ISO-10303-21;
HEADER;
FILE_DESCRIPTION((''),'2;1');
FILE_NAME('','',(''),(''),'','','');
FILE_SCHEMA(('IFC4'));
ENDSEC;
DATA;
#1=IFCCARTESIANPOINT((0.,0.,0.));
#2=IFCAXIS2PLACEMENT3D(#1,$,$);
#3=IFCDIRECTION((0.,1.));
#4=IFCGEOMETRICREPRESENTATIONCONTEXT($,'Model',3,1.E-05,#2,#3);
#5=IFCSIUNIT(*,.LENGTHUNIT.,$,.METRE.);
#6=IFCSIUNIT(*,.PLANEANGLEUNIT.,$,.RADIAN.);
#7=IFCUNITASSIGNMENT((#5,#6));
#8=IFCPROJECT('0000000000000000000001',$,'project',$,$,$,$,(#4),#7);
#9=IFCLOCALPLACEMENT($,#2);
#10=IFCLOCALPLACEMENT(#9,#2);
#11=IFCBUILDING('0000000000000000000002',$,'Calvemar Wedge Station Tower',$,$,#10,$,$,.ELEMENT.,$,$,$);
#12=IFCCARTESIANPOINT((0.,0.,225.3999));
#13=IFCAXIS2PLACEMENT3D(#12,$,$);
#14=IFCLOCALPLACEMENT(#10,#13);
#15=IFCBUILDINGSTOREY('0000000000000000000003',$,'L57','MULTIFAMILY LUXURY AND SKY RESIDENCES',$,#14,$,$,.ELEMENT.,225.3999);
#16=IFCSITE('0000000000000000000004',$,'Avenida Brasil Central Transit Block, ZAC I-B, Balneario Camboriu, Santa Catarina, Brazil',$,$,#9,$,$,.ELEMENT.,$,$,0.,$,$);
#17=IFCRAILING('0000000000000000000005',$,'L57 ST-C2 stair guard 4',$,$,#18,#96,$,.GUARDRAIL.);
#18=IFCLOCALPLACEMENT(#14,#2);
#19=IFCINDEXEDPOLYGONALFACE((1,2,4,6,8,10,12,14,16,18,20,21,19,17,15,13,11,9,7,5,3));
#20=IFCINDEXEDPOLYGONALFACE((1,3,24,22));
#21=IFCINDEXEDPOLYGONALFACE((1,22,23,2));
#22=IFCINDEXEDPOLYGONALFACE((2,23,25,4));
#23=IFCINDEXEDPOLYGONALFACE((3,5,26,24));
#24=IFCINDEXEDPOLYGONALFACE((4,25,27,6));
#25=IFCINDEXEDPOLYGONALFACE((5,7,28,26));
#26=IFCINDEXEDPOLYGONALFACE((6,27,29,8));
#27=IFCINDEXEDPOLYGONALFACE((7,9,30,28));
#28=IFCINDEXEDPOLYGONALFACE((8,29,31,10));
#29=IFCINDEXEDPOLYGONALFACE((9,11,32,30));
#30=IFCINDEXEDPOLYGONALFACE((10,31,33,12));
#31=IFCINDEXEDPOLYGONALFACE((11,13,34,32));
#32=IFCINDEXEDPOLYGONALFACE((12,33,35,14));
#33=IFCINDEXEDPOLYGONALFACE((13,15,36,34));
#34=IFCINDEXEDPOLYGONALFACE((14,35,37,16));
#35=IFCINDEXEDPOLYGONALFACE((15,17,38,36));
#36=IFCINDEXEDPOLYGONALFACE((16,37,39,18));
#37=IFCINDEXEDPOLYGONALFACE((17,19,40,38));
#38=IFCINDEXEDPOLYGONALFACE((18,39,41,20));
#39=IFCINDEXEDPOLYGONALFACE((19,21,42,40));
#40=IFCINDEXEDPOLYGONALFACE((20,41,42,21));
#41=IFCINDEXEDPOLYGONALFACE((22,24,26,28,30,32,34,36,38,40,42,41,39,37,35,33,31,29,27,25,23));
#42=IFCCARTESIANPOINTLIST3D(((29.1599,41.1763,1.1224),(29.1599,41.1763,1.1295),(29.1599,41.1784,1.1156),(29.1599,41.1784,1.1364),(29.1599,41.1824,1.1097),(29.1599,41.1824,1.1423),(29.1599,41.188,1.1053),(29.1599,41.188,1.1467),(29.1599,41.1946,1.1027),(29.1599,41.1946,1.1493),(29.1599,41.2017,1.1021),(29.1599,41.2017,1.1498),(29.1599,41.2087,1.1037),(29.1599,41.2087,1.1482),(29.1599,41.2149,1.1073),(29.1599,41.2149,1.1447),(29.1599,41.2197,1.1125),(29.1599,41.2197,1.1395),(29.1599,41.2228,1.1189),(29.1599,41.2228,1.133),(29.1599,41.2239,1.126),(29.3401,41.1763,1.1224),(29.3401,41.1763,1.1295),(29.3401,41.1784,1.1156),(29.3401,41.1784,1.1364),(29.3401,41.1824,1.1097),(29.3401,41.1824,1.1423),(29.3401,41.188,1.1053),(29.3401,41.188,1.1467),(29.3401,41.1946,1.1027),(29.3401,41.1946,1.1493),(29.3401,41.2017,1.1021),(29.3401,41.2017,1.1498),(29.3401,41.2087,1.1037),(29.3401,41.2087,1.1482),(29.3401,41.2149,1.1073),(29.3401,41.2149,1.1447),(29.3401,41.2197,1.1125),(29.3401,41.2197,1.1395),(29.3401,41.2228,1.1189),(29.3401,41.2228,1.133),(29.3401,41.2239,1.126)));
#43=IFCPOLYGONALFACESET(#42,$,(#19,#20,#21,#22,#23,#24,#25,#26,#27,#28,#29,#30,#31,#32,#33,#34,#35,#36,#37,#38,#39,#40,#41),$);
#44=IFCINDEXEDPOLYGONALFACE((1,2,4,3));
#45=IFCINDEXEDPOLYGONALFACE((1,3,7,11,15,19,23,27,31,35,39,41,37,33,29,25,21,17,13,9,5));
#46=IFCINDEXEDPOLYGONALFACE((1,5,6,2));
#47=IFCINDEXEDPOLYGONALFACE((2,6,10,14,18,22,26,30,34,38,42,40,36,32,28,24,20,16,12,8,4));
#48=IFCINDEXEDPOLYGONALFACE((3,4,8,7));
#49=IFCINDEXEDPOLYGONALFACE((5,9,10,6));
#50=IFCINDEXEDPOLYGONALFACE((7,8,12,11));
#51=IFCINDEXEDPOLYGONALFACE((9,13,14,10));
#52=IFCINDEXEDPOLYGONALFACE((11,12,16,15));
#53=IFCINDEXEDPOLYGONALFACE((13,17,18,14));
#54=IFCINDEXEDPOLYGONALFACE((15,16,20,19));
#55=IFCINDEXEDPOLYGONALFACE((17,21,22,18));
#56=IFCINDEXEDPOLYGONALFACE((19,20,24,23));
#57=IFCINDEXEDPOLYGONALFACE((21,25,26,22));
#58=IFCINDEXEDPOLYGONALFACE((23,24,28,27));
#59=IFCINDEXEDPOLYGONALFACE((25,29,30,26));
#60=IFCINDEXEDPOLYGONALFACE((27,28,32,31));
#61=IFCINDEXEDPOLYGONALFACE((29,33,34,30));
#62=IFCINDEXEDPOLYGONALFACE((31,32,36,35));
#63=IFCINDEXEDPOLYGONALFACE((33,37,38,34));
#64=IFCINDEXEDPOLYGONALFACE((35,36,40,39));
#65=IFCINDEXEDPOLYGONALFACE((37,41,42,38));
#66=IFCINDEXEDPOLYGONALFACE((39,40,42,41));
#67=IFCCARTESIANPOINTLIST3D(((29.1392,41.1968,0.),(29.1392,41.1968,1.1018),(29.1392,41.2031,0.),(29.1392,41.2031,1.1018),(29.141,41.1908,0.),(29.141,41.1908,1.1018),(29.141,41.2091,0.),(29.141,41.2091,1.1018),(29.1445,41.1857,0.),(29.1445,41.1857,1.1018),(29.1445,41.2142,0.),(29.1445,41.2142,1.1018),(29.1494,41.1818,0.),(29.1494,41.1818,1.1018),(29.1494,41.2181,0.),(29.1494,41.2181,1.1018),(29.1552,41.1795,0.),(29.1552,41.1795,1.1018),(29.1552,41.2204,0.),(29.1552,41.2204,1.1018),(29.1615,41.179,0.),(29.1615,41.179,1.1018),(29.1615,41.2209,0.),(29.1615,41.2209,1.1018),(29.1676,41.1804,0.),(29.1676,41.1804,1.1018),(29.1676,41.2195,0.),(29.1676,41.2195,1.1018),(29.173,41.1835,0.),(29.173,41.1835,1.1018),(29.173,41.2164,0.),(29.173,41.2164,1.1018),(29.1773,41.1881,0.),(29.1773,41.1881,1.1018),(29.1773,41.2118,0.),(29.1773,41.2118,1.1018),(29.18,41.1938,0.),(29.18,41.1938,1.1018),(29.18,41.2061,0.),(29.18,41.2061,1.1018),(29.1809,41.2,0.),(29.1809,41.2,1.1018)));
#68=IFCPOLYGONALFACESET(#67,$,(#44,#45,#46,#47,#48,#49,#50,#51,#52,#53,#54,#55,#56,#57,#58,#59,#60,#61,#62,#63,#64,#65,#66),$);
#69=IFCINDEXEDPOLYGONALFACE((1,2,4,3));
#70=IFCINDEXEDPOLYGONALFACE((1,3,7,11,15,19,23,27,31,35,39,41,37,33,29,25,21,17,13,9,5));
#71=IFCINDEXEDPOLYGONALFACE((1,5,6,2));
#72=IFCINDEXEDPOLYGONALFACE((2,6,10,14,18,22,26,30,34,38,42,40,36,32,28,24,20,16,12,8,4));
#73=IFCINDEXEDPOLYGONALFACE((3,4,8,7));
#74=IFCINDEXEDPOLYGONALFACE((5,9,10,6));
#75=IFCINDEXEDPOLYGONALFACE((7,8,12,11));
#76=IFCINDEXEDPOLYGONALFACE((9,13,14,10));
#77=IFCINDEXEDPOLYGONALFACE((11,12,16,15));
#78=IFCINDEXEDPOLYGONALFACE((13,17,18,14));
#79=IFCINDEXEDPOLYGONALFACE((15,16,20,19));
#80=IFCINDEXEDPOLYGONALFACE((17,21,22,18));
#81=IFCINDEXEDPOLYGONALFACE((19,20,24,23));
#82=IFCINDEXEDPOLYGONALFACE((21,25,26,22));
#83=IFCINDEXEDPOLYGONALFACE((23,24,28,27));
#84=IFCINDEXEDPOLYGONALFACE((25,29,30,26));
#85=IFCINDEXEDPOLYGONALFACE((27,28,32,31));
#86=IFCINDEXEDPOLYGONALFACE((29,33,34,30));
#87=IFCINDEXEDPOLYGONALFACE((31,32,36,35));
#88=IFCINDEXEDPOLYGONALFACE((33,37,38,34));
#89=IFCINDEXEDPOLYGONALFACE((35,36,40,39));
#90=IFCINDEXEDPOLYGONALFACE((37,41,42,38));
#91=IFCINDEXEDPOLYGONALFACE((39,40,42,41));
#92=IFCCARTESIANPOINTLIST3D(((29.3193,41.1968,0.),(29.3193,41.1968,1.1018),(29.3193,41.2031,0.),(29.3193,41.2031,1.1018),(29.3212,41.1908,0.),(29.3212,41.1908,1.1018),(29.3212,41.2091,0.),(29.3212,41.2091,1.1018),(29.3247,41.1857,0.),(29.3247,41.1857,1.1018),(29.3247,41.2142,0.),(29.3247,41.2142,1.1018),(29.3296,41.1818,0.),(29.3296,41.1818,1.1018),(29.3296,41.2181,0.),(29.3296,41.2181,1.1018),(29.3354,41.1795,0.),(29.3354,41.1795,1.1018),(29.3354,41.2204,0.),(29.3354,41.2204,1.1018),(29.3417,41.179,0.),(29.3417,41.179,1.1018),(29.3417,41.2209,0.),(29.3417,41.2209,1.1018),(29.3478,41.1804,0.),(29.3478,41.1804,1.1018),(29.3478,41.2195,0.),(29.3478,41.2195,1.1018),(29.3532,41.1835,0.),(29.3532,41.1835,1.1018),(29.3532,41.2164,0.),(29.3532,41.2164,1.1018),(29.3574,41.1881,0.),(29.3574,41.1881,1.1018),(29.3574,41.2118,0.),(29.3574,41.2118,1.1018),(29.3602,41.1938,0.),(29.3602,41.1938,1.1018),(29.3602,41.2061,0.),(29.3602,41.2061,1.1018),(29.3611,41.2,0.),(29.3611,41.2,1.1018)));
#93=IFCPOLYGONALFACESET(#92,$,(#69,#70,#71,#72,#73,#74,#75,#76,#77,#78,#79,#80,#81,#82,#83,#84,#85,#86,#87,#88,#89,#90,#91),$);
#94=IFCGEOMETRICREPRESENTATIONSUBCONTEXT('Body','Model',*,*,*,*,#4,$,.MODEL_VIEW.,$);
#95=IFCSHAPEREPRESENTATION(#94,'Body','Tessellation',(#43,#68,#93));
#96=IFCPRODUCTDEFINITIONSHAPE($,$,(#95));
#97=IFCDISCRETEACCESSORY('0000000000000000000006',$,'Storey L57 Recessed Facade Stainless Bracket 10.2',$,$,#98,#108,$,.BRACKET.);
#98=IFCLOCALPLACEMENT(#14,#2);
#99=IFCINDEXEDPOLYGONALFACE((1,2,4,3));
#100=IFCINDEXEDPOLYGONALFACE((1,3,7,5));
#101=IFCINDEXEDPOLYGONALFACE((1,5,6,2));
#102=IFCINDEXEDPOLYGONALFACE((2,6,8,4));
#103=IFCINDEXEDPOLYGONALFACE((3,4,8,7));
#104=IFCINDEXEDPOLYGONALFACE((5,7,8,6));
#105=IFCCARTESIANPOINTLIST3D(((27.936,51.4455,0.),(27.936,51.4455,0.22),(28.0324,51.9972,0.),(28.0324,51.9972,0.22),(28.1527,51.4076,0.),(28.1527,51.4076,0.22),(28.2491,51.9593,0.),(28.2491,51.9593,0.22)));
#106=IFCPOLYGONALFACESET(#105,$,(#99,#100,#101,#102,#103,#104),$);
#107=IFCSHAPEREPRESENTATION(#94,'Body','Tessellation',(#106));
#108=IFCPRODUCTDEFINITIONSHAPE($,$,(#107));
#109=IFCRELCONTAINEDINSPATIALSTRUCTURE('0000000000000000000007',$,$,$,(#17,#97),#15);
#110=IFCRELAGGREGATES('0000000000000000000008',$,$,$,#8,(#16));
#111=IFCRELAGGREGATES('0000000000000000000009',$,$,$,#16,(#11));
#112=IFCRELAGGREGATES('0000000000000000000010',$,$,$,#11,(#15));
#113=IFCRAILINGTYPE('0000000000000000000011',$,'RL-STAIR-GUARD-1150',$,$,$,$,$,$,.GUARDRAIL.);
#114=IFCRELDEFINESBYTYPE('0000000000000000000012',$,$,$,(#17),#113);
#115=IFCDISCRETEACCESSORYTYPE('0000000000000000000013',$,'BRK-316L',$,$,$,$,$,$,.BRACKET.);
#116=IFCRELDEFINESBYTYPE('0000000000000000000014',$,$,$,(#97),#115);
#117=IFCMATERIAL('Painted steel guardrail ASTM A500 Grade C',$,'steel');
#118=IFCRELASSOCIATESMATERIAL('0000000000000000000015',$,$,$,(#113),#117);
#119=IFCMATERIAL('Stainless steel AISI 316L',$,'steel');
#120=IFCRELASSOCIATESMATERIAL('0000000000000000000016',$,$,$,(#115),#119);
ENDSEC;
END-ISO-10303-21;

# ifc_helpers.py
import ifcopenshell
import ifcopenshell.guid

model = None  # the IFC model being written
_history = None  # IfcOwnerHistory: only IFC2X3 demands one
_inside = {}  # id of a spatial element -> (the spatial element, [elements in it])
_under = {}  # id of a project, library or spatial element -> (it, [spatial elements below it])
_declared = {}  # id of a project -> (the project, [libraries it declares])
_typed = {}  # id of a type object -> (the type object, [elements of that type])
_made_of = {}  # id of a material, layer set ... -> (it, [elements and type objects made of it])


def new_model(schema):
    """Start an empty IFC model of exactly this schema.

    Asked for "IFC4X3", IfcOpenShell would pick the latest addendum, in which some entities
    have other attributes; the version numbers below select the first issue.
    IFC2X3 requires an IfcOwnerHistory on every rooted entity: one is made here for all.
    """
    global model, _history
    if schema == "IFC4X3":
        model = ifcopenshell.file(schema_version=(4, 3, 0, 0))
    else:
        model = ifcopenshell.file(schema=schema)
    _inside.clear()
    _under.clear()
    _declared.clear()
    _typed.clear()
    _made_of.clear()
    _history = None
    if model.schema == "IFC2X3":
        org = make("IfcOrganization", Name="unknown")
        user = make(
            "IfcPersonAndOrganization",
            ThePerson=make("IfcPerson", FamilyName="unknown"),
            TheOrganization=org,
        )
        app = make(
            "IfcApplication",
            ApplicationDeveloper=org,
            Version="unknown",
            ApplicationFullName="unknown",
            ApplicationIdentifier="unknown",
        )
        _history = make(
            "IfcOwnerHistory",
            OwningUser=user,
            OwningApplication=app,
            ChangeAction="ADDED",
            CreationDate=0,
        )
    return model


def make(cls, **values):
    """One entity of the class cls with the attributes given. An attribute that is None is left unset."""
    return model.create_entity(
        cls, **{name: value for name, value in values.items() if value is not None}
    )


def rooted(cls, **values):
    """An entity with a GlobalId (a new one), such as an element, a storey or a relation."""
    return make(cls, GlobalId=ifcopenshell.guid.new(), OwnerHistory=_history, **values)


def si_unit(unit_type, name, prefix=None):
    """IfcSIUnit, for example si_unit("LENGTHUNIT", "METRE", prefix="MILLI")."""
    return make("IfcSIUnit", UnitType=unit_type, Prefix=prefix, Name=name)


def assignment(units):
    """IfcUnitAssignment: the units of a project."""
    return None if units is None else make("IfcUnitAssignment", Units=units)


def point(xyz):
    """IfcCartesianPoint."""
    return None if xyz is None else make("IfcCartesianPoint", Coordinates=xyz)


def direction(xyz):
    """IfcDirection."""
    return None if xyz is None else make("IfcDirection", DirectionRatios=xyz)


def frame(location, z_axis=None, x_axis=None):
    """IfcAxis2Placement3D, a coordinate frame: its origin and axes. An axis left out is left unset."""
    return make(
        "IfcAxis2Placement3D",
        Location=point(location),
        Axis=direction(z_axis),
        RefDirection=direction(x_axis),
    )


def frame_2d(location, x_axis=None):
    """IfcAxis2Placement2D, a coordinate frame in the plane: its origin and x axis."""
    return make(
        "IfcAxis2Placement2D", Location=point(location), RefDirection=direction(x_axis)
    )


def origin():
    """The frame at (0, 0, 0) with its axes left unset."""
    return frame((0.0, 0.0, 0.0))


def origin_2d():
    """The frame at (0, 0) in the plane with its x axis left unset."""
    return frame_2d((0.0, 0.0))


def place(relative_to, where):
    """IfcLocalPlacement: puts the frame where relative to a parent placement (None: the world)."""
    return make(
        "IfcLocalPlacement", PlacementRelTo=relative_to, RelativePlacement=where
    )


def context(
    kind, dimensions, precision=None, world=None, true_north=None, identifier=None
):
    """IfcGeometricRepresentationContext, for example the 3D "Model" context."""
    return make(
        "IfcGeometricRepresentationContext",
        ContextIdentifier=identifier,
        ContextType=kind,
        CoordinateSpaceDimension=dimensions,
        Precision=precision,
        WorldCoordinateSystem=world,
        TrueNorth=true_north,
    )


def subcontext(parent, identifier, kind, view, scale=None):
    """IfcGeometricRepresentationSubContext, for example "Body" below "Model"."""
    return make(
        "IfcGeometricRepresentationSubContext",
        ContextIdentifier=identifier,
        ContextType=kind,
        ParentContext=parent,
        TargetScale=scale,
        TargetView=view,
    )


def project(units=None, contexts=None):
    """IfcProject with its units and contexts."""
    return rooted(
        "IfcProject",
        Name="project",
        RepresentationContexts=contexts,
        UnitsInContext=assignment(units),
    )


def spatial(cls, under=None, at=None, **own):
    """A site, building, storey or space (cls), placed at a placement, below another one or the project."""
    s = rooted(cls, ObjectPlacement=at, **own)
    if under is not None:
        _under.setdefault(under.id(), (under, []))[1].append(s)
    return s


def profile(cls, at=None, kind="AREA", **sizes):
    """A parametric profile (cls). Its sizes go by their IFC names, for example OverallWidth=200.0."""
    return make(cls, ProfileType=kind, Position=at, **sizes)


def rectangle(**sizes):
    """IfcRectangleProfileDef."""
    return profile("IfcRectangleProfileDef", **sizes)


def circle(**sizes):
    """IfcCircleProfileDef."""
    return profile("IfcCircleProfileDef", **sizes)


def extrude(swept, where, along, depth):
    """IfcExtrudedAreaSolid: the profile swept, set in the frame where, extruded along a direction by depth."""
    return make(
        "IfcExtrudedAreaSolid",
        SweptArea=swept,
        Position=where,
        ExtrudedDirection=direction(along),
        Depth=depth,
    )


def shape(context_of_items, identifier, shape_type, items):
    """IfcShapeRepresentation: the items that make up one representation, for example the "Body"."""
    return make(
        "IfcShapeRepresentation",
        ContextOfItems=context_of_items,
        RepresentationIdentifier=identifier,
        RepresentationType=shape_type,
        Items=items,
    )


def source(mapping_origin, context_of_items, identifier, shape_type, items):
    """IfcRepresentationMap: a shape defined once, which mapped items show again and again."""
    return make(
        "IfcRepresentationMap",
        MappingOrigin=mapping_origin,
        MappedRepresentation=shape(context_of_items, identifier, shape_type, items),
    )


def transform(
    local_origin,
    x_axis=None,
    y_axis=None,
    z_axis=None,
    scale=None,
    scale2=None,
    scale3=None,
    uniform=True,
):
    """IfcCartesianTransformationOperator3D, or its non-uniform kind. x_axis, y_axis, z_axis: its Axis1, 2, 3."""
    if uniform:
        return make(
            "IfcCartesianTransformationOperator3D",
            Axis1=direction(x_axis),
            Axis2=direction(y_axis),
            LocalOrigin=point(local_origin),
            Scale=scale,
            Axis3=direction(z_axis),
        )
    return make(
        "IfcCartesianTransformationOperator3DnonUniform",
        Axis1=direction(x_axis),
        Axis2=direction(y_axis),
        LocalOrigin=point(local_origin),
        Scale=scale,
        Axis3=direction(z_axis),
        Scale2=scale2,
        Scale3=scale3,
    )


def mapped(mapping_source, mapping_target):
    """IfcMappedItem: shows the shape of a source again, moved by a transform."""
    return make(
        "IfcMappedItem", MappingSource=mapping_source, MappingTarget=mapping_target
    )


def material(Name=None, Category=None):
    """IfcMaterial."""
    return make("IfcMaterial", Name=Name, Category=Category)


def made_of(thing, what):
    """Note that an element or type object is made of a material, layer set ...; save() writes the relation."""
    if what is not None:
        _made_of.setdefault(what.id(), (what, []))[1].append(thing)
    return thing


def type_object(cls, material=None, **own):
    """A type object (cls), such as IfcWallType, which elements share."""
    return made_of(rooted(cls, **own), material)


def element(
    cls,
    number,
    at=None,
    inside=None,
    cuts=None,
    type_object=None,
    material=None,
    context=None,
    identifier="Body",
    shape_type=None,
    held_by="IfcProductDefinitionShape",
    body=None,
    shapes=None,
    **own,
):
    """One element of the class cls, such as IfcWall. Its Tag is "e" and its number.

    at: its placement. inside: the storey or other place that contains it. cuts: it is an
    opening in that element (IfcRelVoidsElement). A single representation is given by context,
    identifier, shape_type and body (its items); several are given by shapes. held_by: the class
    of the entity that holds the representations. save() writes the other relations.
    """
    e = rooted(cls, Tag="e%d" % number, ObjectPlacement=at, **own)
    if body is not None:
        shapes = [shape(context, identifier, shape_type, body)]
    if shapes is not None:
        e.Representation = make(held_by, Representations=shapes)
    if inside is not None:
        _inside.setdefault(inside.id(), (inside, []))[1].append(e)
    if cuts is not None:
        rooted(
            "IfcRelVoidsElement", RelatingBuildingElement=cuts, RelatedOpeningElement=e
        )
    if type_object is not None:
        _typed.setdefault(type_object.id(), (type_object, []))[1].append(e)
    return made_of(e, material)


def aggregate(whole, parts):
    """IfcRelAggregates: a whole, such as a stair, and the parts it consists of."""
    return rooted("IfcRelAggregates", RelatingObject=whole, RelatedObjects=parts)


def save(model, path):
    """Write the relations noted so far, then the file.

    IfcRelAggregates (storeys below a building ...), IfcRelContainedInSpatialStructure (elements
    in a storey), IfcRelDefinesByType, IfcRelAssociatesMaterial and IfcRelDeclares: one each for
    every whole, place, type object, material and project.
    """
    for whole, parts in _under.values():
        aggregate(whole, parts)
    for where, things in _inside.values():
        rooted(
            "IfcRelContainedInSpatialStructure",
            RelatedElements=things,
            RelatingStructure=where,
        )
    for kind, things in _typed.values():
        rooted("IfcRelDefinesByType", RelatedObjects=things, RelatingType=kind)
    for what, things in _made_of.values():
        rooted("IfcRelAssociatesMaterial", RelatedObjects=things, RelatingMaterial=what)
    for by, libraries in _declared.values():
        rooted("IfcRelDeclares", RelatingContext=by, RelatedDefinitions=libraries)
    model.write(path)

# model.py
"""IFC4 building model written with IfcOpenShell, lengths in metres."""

from ifc_helpers import new_model, si_unit, direction, frame, origin, origin_2d, place, context, subcontext, project, spatial, rectangle, circle, extrude, source, transform, mapped, material, type_object, element, save


model = new_model("IFC4")

# Units and contexts
model_context = context("Model", 3, precision=1e-05, world=origin(), true_north=direction((0.0, 1.0)))
body_context = subcontext(model_context, "Body", "Model", "MODEL_VIEW")
ifc_project = project(units=[si_unit("LENGTHUNIT", "METRE"), si_unit("PLANEANGLEUNIT", "RADIAN")], contexts=[model_context])

# Site, building, storey
site_placement = place(None, origin())
site = spatial("IfcSite", under=ifc_project, at=site_placement, Name="Avenida Brasil Central Transit Block, ZAC I-B, Balneario Camboriu, Santa Catarina, Brazil", CompositionType="ELEMENT", RefElevation=0.0)
building_placement = place(site_placement, origin())
building = spatial("IfcBuilding", under=site, at=building_placement, Name="Calvemar Wedge Station Tower", CompositionType="ELEMENT")
storey_placement = place(building_placement, frame((0.0, 0.0, 225.3999)))
storey = spatial("IfcBuildingStorey", under=building, at=storey_placement, Name="L57", Description="MULTIFAMILY LUXURY AND SKY RESIDENCES", CompositionType="ELEMENT", Elevation=225.3999)

# Railing
ifc_material_1 = material(Name="Stainless steel AISI 316L", Category="steel")
ifc_material_2 = material(Name="Painted steel guardrail ASTM A500 Grade C", Category="steel")
railing_type_1 = type_object("IfcRailingType", Name="RL-STAIR-GUARD-1150", PredefinedType="GUARDRAIL", material=ifc_material_2)
railing_1_placement = place(storey_placement, frame((29.1599, 41.2, 0.0)))
element("IfcRailing", 1, at=railing_1_placement, inside=storey, type_object=railing_type_1, Name="L57 ST-C2 stair guard 4", PredefinedType="GUARDRAIL", context=body_context, shape_type="SweptSolid", body=[
    extrude(circle(Radius=0.0239, at=origin_2d()), frame((0.0, 0.0, 1.126), z_axis=(1.0, 0.0, 0.0), x_axis=(0.0, 1.0, 0.0)), (0.0, 0.0, 1.0), 0.1802),
    extrude(circle(Radius=0.021, at=origin_2d()), origin(), (0.0, 0.0, 1.0), 1.1018),
    extrude(circle(Radius=0.021, at=origin_2d()), frame((0.1802, 0.0, 0.0)), (0.0, 0.0, 1.0), 1.1018),
])

# Discrete accessory
discrete_accessory_type = type_object("IfcDiscreteAccessoryType", Name="BRK-316L", PredefinedType="BRACKET", material=ifc_material_1)
shared_shape_1 = source(origin(), body_context, "Body", "SweptSolid", [
    extrude(rectangle(XDim=0.22, YDim=0.5601, at=origin_2d()), origin(), (0.0, 0.0, 1.0), 0.22),
])
discrete_accessory_placement = place(storey_placement, frame((28.0925, 51.7024, 0.0), z_axis=(0.0, 0.0, 1.0), x_axis=(-0.985079, 0.172101, 0.0)))
element("IfcDiscreteAccessory", 2, at=discrete_accessory_placement, inside=storey, type_object=discrete_accessory_type, Name="Storey L57 Recessed Facade Stainless Bracket 10.2", PredefinedType="BRACKET", context=body_context, shape_type="MappedRepresentation", body=[
    mapped(shared_shape_1, transform((0.0, 0.0, 0.0), scale=1.0)),
])

save(model, "model.ifc")
